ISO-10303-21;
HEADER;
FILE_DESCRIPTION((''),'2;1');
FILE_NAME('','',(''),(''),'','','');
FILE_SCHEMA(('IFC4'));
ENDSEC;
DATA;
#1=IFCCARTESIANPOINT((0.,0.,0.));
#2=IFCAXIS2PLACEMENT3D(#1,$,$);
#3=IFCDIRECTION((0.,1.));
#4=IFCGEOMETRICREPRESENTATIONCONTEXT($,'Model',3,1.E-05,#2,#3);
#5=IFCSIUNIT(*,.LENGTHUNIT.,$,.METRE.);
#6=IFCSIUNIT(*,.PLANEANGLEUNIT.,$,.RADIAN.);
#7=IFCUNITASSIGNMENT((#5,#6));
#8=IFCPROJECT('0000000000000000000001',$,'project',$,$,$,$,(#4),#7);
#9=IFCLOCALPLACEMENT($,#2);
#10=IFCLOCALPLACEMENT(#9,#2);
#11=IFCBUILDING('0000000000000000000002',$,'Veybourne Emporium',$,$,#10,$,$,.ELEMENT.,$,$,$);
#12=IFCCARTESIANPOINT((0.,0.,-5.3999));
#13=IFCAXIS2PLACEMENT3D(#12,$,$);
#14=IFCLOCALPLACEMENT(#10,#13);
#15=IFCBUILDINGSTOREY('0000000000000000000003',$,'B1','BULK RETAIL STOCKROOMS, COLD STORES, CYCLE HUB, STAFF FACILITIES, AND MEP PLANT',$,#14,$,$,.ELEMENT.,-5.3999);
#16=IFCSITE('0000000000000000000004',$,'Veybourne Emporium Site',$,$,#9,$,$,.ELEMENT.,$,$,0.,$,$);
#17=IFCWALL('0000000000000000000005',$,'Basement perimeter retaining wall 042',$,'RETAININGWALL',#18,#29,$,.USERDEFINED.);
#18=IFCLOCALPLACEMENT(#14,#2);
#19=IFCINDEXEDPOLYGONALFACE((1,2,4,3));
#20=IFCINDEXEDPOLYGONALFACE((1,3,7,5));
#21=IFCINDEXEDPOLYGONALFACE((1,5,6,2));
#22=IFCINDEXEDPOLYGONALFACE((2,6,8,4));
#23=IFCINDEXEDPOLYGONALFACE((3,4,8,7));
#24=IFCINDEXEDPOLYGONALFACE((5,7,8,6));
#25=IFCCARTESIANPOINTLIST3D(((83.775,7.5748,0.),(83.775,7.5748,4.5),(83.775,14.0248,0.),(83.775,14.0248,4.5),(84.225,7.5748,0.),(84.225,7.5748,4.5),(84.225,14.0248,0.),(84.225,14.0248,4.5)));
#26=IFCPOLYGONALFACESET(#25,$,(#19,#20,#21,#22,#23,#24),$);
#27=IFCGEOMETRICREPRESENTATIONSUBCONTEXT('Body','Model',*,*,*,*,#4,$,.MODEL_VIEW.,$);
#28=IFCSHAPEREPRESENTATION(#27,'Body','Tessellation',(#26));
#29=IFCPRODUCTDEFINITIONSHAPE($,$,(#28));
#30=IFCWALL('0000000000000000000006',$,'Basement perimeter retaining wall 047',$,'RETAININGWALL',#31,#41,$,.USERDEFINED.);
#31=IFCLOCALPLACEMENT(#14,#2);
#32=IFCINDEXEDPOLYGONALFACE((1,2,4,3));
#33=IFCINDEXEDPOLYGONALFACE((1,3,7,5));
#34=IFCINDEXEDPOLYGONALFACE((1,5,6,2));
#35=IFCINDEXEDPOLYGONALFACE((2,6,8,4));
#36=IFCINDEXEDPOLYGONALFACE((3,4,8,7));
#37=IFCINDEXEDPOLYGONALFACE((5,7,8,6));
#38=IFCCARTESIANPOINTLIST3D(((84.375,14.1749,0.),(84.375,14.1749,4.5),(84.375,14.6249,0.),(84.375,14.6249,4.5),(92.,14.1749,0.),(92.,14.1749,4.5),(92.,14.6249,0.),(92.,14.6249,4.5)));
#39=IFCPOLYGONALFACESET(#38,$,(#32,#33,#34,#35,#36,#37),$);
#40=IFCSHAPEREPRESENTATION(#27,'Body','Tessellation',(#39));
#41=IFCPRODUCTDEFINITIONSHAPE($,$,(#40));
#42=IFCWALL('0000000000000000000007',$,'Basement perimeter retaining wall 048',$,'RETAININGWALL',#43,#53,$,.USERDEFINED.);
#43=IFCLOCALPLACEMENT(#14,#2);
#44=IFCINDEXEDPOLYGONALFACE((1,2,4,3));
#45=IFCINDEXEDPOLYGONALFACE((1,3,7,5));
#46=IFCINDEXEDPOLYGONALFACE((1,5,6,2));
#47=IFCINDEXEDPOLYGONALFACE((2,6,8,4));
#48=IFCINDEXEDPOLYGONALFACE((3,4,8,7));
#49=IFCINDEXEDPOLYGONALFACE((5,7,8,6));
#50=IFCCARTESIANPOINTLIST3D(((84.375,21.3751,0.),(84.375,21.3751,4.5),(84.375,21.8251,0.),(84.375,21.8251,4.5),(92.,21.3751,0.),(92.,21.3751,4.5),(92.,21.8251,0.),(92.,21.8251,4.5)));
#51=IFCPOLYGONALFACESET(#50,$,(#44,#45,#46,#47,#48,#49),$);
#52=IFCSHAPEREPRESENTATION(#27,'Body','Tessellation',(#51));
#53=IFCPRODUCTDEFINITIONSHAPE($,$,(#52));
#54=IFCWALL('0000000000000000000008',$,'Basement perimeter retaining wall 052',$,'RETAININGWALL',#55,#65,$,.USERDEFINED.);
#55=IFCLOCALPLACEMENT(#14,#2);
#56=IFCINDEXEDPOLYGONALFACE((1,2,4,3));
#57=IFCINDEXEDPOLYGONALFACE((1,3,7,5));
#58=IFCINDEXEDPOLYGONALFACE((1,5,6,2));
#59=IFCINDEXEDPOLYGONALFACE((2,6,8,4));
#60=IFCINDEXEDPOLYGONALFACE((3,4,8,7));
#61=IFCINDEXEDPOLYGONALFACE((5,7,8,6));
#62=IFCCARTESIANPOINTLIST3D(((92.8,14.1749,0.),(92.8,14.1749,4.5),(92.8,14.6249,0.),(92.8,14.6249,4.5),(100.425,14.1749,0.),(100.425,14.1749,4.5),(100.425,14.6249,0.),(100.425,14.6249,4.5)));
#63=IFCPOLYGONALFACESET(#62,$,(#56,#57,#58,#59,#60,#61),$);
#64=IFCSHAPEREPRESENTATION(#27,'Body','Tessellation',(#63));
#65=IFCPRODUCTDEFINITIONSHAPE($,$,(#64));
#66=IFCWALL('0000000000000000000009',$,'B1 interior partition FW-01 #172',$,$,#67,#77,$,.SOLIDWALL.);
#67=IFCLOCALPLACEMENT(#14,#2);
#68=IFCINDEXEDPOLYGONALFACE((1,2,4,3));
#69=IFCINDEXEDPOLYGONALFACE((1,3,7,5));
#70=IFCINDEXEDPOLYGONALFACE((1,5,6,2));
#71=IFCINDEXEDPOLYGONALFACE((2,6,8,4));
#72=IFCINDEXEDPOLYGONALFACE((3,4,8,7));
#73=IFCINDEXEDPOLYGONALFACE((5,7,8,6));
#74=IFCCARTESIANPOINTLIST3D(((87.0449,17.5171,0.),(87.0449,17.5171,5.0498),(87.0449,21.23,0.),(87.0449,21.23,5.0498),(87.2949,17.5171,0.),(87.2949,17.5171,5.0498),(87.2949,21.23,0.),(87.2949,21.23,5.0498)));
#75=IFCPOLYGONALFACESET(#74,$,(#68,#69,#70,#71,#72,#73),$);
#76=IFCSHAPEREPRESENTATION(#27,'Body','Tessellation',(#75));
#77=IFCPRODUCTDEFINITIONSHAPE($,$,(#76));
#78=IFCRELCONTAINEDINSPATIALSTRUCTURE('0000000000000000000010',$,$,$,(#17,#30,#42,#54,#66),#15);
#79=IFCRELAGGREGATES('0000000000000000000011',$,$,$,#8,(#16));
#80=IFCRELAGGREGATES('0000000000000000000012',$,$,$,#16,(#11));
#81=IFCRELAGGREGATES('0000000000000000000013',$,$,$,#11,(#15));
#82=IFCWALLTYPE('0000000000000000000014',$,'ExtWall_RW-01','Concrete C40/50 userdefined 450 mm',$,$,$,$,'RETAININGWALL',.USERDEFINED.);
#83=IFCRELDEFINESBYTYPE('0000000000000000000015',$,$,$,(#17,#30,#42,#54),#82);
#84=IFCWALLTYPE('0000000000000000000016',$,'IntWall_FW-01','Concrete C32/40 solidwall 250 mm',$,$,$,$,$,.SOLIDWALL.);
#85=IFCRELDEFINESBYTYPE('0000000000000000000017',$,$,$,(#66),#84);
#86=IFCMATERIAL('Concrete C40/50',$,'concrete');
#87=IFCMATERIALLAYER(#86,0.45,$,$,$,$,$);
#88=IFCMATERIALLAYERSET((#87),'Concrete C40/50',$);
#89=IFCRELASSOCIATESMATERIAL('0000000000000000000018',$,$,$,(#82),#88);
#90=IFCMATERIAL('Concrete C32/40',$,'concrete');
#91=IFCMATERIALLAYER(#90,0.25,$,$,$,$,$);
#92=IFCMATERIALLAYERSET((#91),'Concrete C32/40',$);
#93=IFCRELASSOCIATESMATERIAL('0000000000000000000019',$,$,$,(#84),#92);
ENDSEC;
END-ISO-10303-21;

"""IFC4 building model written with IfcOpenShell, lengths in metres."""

from ifc_helpers import new_model, si_unit, direction, frame, frame_2d, origin, place, context, subcontext, project, spatial, rectangle, extrude, material, layer, layer_set, type_object, element, save


model = new_model("IFC4")

# Units and contexts
model_context = context("Model", 3, precision=1e-05, world=origin(), true_north=direction((0.0, 1.0)))
body_context = subcontext(model_context, "Body", "Model", "MODEL_VIEW")
ifc_project = project(units=[si_unit("LENGTHUNIT", "METRE"), si_unit("PLANEANGLEUNIT", "RADIAN")], contexts=[model_context])

# Site, building, storey
site_placement = place(None, origin())
site = spatial("IfcSite", under=ifc_project, at=site_placement, Name="Veybourne Emporium Site", CompositionType="ELEMENT", RefElevation=0.0)
building_placement = place(site_placement, origin())
building = spatial("IfcBuilding", under=site, at=building_placement, Name="Veybourne Emporium", CompositionType="ELEMENT")
storey_placement = place(building_placement, frame((0.0, 0.0, -5.3999)))
storey = spatial("IfcBuildingStorey", under=building, at=storey_placement, Name="B1", Description="BULK RETAIL STOCKROOMS, COLD STORES, CYCLE HUB, STAFF FACILITIES, AND MEP PLANT", CompositionType="ELEMENT", Elevation=-5.3999)

# Shared definitions
ifc_material_1 = material(Name="Concrete C40/50", Category="concrete")

# Shared definitions
ifc_material_2 = material(Name="Concrete C32/40", Category="concrete")

# Walls
ifc_layer_1 = layer(ifc_material_1, 0.45)
ifc_layer_set_1 = layer_set([ifc_layer_1], Name="Concrete C40/50")
wall_type_1 = type_object("IfcWallType", Name="ExtWall_RW-01", Description="Concrete C40/50 userdefined 450 mm", ElementType="RETAININGWALL", PredefinedType="USERDEFINED", material=ifc_layer_set_1)
wall_1_placement = place(storey_placement, frame((84.0, 14.0249, 0.0), z_axis=(0.0, 0.0, 1.0), x_axis=(0.0, -1.0, 0.0)))
element("IfcWall", 1, at=wall_1_placement, inside=storey, type_object=wall_type_1, Name="Basement perimeter retaining wall 042", ObjectType="RETAININGWALL", PredefinedType="USERDEFINED", context=body_context, shape_type="SweptSolid", body=[
    extrude(rectangle(XDim=6.45, YDim=0.45, at=frame_2d((3.2251, 0.0))), origin(), (0.0, 0.0, 1.0), 4.5),
])
for number, where, z_axis, x_axis, name in (
    (2, (92.0, 14.3999, 0.0), (0.0, 0.0, 1.0), (-1.0, 0.0, 0.0), "Basement perimeter retaining wall 047"),
    (3, (84.375, 21.6001, 0.0), (0.0, 0.0, 1.0), (1.0, 0.0, 0.0), "Basement perimeter retaining wall 048"),
    (4, (100.425, 14.3999, 0.0), (0.0, 0.0, 1.0), (-1.0, 0.0, 0.0), "Basement perimeter retaining wall 052"),
):
    element("IfcWall", number, at=place(storey_placement, frame(where, z_axis=z_axis, x_axis=x_axis)), inside=storey, type_object=wall_type_1, Name=name, ObjectType="RETAININGWALL", PredefinedType="USERDEFINED", context=body_context, shape_type="SweptSolid", body=[
        extrude(rectangle(XDim=7.625, YDim=0.45, at=frame_2d((3.8125, 0.0))), origin(), (0.0, 0.0, 1.0), 4.5),
    ])
ifc_layer_2 = layer(ifc_material_2, 0.25)
ifc_layer_set_2 = layer_set([ifc_layer_2], Name="Concrete C32/40")
wall_type_2 = type_object("IfcWallType", Name="IntWall_FW-01", Description="Concrete C32/40 solidwall 250 mm", PredefinedType="SOLIDWALL", material=ifc_layer_set_2)
wall_2_placement = place(storey_placement, frame((87.1699, 17.5171, 0.0), z_axis=(0.0, 0.0, 1.0), x_axis=(0.0, 1.0, 0.0)))
element("IfcWall", 5, at=wall_2_placement, inside=storey, type_object=wall_type_2, Name="B1 interior partition FW-01 #172", PredefinedType="SOLIDWALL", context=body_context, shape_type="SweptSolid", body=[
    extrude(rectangle(XDim=3.7129, YDim=0.25, at=frame_2d((1.8564, 0.0))), origin(), (0.0, 0.0, 1.0), 5.0498),
])

save(model, "model.ifc")
